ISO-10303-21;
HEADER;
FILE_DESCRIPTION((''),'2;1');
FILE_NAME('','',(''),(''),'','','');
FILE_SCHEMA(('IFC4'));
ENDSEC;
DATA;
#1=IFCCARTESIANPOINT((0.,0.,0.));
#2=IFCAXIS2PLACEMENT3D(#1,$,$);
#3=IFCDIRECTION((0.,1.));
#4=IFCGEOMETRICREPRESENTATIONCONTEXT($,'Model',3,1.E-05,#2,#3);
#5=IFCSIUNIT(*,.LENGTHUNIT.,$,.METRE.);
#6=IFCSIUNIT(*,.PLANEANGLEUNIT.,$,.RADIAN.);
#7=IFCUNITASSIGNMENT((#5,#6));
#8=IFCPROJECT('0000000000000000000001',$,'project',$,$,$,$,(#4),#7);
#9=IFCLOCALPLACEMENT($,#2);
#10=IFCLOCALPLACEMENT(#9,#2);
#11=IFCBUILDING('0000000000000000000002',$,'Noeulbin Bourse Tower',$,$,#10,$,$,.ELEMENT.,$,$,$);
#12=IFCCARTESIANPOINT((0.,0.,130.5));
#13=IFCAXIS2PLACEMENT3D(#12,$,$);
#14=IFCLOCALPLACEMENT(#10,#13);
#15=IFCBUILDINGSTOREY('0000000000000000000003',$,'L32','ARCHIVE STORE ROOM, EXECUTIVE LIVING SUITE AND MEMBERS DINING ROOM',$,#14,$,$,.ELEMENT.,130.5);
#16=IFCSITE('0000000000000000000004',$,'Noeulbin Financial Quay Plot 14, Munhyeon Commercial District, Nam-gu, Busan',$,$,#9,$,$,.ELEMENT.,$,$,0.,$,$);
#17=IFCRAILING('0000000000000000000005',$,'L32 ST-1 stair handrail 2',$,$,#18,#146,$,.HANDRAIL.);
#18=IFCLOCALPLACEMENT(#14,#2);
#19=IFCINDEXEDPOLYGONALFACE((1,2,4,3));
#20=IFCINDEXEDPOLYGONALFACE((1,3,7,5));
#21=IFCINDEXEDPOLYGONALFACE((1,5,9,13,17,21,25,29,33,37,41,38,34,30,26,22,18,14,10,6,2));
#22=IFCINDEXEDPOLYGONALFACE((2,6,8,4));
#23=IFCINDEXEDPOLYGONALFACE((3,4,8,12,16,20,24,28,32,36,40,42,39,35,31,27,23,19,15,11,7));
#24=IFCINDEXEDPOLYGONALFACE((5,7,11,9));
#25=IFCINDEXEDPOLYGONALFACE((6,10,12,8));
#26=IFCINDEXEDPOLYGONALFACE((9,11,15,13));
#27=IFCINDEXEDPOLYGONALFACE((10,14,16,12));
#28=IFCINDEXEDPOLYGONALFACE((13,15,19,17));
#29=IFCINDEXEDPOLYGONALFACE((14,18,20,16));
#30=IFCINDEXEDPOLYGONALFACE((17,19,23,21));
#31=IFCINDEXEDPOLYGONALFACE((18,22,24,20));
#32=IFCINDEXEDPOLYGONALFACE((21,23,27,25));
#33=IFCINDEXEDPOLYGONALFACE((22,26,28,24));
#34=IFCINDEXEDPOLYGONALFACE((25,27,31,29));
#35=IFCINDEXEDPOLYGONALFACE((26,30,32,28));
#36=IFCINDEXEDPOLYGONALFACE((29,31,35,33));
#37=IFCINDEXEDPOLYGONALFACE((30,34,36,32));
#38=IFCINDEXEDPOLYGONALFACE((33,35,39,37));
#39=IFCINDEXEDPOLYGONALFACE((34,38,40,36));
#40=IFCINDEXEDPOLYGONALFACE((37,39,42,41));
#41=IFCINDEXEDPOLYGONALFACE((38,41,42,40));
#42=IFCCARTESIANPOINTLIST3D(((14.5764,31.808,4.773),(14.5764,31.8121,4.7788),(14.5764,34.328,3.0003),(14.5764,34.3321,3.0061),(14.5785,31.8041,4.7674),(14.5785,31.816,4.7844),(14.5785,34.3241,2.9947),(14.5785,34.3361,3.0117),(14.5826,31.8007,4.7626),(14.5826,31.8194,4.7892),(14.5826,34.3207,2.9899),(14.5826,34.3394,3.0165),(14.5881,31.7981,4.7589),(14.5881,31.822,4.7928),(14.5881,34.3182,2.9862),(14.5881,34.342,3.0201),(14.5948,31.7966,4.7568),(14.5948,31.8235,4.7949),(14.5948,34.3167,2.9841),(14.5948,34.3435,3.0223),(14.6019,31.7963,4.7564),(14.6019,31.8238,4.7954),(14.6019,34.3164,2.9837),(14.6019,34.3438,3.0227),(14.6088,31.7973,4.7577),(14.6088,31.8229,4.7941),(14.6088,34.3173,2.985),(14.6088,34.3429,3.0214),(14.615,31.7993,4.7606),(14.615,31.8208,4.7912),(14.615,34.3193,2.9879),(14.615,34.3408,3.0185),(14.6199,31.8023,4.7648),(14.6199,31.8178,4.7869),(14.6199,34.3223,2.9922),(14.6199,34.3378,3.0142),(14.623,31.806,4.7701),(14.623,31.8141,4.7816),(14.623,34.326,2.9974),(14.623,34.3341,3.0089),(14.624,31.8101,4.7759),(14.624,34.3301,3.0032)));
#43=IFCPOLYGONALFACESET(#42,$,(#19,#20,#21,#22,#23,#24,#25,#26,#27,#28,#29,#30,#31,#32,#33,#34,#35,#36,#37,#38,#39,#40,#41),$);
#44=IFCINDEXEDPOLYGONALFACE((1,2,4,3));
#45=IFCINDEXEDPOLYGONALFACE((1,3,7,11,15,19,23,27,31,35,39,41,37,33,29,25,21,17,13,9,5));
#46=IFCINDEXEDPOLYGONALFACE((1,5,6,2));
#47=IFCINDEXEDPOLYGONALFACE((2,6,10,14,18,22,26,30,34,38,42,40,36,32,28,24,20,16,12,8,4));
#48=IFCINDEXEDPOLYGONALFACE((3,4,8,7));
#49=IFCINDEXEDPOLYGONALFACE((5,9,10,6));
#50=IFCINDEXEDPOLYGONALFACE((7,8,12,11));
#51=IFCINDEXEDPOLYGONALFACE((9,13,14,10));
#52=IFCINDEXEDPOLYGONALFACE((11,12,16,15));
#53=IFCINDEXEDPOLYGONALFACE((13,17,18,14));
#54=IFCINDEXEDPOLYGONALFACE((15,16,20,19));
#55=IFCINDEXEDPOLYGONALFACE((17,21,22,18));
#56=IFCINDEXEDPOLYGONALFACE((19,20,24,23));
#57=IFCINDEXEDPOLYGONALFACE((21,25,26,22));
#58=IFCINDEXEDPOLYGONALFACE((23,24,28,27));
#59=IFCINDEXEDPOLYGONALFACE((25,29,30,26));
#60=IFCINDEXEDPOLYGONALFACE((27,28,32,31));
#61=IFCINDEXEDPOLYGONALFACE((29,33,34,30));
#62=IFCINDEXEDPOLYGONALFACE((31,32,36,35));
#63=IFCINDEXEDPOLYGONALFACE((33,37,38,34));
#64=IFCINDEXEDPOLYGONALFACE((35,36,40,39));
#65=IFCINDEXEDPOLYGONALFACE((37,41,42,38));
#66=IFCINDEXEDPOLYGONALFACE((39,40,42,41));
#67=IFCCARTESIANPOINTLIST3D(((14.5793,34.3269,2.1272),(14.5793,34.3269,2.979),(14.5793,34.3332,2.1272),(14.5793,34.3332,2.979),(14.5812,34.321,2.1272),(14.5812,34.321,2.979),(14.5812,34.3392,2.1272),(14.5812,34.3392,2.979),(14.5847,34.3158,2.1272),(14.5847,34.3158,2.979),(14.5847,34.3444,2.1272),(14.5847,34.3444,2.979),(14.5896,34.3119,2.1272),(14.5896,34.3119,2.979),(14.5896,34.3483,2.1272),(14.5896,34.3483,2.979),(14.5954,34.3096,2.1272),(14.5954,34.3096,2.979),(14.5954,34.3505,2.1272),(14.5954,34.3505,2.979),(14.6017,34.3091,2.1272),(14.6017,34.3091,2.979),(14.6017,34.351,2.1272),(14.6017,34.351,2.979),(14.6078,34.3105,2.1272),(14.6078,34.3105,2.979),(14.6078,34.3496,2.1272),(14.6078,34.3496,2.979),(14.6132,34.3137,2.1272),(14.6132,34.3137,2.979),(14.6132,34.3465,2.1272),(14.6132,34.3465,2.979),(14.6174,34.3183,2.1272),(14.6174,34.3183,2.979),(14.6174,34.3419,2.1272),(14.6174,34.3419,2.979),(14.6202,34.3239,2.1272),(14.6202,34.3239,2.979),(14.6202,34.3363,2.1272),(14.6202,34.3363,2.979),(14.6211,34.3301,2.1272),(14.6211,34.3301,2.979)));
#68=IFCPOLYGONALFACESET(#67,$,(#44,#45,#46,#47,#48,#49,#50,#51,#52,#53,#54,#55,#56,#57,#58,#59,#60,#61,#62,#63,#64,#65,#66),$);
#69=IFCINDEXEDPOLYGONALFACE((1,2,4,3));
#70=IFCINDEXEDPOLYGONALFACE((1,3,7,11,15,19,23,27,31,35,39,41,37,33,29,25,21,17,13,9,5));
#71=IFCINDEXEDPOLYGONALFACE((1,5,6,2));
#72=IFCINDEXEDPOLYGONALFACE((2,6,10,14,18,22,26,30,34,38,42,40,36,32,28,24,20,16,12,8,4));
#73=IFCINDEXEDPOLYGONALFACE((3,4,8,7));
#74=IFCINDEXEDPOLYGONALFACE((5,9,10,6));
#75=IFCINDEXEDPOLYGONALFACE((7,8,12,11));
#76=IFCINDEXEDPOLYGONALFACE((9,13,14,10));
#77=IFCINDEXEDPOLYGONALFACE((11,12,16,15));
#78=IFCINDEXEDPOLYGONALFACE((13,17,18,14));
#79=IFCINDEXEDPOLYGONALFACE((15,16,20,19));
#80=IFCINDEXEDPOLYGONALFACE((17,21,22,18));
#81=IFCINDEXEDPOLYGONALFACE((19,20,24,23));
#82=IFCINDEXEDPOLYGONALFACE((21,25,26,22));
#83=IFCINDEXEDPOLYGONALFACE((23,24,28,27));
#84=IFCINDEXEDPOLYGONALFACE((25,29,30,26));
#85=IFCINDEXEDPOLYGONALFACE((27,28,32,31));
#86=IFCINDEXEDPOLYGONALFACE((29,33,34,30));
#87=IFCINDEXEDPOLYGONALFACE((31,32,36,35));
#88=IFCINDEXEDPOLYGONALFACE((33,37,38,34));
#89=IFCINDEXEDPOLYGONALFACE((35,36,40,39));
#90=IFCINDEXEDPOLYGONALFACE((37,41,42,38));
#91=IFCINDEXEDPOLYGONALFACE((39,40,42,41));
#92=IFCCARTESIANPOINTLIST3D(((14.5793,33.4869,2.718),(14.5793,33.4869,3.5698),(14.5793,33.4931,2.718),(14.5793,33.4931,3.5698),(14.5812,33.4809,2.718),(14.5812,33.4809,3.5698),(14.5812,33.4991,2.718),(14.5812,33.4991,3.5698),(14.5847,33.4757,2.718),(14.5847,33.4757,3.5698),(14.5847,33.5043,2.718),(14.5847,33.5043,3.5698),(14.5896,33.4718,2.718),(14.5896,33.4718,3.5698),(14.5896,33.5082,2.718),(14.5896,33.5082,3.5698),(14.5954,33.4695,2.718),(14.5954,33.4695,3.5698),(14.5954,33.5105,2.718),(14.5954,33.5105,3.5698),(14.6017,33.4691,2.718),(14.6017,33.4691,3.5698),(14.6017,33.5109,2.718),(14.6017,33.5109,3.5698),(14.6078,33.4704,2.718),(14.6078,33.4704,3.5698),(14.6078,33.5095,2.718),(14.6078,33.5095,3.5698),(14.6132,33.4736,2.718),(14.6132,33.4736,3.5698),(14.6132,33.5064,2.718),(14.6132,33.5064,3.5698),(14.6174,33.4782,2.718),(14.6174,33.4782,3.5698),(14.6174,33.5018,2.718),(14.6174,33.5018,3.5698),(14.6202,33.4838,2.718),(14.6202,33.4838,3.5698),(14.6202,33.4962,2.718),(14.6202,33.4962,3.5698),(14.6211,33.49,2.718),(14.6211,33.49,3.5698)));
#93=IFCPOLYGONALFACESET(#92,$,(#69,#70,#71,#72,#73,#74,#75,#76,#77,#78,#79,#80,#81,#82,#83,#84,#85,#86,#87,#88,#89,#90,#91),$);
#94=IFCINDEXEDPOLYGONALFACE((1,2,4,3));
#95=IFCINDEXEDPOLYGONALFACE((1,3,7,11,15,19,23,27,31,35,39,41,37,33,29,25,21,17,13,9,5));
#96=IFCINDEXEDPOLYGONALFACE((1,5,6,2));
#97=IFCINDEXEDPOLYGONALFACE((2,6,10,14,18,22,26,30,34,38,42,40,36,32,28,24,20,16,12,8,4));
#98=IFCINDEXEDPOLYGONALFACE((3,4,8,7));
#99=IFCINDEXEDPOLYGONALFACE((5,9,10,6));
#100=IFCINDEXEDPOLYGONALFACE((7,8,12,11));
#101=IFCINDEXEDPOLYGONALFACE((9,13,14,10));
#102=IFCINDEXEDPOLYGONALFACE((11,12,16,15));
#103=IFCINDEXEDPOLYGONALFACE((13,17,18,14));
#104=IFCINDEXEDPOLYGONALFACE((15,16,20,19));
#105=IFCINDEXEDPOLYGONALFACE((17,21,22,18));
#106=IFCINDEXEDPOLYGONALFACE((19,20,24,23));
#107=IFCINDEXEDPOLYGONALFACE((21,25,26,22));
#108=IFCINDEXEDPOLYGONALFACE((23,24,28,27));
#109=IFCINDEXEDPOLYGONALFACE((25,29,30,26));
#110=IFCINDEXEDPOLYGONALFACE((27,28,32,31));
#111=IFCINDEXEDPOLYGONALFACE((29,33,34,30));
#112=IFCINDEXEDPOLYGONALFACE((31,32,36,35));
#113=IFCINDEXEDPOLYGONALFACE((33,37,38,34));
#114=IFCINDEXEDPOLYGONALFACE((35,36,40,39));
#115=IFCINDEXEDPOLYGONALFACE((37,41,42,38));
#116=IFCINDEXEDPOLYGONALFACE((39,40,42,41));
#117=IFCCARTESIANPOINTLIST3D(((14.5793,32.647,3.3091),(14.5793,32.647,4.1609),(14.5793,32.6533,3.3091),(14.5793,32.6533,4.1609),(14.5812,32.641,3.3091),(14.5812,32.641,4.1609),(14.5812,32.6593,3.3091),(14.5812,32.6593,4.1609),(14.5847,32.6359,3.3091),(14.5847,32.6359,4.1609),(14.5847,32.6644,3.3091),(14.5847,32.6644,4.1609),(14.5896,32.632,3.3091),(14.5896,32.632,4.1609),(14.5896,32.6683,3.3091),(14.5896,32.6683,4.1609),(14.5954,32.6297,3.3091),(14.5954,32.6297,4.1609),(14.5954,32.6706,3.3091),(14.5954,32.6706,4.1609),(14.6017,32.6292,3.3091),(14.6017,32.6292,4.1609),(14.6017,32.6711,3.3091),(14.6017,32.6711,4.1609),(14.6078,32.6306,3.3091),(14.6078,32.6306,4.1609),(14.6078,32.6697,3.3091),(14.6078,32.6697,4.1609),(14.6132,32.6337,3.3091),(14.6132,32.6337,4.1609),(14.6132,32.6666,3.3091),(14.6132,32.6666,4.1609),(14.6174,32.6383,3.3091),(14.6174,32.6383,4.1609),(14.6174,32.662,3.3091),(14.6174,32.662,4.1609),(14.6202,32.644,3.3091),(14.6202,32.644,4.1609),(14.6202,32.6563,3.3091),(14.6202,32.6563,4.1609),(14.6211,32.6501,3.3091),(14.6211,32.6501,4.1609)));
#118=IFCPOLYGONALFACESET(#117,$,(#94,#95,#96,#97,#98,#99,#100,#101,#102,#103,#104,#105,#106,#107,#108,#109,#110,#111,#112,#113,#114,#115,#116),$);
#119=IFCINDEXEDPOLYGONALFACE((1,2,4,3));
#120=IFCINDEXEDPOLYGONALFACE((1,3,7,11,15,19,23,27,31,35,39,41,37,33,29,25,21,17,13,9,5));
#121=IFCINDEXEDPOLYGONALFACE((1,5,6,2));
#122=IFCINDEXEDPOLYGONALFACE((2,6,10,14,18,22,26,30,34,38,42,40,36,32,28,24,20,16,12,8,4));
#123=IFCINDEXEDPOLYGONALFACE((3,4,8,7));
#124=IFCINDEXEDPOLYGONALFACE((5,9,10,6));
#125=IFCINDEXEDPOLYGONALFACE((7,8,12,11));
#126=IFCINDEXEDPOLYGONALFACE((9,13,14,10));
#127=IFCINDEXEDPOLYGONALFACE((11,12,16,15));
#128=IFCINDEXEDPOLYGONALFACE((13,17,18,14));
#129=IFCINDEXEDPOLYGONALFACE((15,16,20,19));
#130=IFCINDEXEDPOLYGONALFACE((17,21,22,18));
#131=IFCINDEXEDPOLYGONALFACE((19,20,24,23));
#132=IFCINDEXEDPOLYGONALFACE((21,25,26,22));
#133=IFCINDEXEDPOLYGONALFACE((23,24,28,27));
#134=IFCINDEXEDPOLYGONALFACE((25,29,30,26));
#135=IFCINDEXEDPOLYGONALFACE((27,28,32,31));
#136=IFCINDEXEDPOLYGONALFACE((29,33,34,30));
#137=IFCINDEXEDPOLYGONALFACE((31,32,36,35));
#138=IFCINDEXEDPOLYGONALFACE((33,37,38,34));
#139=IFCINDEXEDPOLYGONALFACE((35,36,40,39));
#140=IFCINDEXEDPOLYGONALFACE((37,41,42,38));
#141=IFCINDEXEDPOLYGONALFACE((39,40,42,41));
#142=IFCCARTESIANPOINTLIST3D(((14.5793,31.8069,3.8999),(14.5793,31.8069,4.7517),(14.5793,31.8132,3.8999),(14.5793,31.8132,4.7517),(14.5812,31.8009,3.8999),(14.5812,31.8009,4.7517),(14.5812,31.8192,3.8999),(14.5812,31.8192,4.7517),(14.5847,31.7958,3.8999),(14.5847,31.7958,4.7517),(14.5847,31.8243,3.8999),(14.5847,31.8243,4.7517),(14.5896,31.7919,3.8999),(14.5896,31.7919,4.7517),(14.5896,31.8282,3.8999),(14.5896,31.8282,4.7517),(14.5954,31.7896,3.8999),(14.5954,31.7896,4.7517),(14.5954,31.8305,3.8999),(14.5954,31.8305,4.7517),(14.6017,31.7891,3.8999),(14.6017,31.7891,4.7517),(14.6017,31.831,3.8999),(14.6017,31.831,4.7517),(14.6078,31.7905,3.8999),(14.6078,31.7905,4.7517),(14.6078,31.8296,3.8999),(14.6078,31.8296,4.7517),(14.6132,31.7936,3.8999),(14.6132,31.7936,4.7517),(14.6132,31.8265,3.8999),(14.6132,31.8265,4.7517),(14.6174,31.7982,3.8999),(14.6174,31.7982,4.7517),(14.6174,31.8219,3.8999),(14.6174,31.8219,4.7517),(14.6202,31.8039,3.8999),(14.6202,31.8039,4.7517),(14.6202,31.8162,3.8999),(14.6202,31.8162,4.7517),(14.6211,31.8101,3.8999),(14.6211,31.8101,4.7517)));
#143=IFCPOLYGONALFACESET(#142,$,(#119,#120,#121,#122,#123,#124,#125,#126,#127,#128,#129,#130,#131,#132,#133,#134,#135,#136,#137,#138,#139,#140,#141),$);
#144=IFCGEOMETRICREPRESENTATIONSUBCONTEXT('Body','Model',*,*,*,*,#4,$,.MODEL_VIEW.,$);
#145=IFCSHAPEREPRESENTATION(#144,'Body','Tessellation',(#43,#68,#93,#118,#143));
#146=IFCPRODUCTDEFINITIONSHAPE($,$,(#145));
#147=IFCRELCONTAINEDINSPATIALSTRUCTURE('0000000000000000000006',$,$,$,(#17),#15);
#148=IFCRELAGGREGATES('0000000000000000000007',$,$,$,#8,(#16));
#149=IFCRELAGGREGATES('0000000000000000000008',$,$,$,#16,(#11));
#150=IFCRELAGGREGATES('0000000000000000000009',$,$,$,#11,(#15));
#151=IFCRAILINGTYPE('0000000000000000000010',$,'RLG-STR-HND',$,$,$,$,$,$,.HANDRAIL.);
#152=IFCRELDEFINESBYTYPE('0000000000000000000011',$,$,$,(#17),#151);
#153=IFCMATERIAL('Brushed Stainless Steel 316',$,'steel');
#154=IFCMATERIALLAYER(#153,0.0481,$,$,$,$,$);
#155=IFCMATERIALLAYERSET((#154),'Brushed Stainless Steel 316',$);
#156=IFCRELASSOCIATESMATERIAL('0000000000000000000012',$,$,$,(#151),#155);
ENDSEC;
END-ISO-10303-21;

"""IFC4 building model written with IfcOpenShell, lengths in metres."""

from ifc_helpers import new_model, si_unit, direction, frame, origin, origin_2d, place, context, subcontext, project, spatial, circle, extrude, material, layer, layer_set, type_object, element, save


model = new_model("IFC4")

# Units and contexts
model_context = context("Model", 3, precision=1e-05, world=origin(), true_north=direction((0.0, 1.0)))
body_context = subcontext(model_context, "Body", "Model", "MODEL_VIEW")
ifc_project = project(units=[si_unit("LENGTHUNIT", "METRE"), si_unit("PLANEANGLEUNIT", "RADIAN")], contexts=[model_context])

# Site, building, storey
site_placement = place(None, origin())
site = spatial("IfcSite", under=ifc_project, at=site_placement, Name="Noeulbin Financial Quay Plot 14, Munhyeon Commercial District, Nam-gu, Busan", CompositionType="ELEMENT", RefElevation=0.0)
building_placement = place(site_placement, origin())
building = spatial("IfcBuilding", under=site, at=building_placement, Name="Noeulbin Bourse Tower", CompositionType="ELEMENT")
storey_placement = place(building_placement, frame((0.0, 0.0, 130.5)))
storey = spatial("IfcBuildingStorey", under=building, at=storey_placement, Name="L32", Description="ARCHIVE STORE ROOM, EXECUTIVE LIVING SUITE AND MEMBERS DINING ROOM", CompositionType="ELEMENT", Elevation=130.5)

# Railing
ifc_material_1 = material(Name="Brushed Stainless Steel 316", Category="steel")
ifc_layer_1 = layer(ifc_material_1, 0.0481)
ifc_layer_set_1 = layer_set([ifc_layer_1], Name="Brushed Stainless Steel 316")
railing_type_1 = type_object("IfcRailingType", Name="RLG-STR-HND", PredefinedType="HANDRAIL", material=ifc_layer_set_1)
railing_1_placement = place(storey_placement, frame((14.6001, 34.3301, 2.1272)))
element("IfcRailing", 1, at=railing_1_placement, inside=storey, type_object=railing_type_1, Name="L32 ST-1 stair handrail 2", PredefinedType="HANDRAIL", context=body_context, shape_type="SweptSolid", body=[
    extrude(circle(Radius=0.0239, at=origin_2d()), frame((0.0, 0.0, 0.876), z_axis=(0.0, -0.817904, 0.575354), x_axis=(1.0, 0.0, 0.0)), (0.0, 0.0, 1.0), 3.0811),
    extrude(circle(Radius=0.021, at=origin_2d()), origin(), (0.0, 0.0, 1.0), 0.8518),
    extrude(circle(Radius=0.021, at=origin_2d()), frame((0.0, -0.8401, 0.5908)), (0.0, 0.0, 1.0), 0.8518),
    extrude(circle(Radius=0.021, at=origin_2d()), frame((0.0, -1.6799, 1.1819)), (0.0, 0.0, 1.0), 0.8518),
    extrude(circle(Radius=0.021, at=origin_2d()), frame((0.0, -2.52, 1.7727)), (0.0, 0.0, 1.0), 0.8518),
])

save(model, "model.ifc")
